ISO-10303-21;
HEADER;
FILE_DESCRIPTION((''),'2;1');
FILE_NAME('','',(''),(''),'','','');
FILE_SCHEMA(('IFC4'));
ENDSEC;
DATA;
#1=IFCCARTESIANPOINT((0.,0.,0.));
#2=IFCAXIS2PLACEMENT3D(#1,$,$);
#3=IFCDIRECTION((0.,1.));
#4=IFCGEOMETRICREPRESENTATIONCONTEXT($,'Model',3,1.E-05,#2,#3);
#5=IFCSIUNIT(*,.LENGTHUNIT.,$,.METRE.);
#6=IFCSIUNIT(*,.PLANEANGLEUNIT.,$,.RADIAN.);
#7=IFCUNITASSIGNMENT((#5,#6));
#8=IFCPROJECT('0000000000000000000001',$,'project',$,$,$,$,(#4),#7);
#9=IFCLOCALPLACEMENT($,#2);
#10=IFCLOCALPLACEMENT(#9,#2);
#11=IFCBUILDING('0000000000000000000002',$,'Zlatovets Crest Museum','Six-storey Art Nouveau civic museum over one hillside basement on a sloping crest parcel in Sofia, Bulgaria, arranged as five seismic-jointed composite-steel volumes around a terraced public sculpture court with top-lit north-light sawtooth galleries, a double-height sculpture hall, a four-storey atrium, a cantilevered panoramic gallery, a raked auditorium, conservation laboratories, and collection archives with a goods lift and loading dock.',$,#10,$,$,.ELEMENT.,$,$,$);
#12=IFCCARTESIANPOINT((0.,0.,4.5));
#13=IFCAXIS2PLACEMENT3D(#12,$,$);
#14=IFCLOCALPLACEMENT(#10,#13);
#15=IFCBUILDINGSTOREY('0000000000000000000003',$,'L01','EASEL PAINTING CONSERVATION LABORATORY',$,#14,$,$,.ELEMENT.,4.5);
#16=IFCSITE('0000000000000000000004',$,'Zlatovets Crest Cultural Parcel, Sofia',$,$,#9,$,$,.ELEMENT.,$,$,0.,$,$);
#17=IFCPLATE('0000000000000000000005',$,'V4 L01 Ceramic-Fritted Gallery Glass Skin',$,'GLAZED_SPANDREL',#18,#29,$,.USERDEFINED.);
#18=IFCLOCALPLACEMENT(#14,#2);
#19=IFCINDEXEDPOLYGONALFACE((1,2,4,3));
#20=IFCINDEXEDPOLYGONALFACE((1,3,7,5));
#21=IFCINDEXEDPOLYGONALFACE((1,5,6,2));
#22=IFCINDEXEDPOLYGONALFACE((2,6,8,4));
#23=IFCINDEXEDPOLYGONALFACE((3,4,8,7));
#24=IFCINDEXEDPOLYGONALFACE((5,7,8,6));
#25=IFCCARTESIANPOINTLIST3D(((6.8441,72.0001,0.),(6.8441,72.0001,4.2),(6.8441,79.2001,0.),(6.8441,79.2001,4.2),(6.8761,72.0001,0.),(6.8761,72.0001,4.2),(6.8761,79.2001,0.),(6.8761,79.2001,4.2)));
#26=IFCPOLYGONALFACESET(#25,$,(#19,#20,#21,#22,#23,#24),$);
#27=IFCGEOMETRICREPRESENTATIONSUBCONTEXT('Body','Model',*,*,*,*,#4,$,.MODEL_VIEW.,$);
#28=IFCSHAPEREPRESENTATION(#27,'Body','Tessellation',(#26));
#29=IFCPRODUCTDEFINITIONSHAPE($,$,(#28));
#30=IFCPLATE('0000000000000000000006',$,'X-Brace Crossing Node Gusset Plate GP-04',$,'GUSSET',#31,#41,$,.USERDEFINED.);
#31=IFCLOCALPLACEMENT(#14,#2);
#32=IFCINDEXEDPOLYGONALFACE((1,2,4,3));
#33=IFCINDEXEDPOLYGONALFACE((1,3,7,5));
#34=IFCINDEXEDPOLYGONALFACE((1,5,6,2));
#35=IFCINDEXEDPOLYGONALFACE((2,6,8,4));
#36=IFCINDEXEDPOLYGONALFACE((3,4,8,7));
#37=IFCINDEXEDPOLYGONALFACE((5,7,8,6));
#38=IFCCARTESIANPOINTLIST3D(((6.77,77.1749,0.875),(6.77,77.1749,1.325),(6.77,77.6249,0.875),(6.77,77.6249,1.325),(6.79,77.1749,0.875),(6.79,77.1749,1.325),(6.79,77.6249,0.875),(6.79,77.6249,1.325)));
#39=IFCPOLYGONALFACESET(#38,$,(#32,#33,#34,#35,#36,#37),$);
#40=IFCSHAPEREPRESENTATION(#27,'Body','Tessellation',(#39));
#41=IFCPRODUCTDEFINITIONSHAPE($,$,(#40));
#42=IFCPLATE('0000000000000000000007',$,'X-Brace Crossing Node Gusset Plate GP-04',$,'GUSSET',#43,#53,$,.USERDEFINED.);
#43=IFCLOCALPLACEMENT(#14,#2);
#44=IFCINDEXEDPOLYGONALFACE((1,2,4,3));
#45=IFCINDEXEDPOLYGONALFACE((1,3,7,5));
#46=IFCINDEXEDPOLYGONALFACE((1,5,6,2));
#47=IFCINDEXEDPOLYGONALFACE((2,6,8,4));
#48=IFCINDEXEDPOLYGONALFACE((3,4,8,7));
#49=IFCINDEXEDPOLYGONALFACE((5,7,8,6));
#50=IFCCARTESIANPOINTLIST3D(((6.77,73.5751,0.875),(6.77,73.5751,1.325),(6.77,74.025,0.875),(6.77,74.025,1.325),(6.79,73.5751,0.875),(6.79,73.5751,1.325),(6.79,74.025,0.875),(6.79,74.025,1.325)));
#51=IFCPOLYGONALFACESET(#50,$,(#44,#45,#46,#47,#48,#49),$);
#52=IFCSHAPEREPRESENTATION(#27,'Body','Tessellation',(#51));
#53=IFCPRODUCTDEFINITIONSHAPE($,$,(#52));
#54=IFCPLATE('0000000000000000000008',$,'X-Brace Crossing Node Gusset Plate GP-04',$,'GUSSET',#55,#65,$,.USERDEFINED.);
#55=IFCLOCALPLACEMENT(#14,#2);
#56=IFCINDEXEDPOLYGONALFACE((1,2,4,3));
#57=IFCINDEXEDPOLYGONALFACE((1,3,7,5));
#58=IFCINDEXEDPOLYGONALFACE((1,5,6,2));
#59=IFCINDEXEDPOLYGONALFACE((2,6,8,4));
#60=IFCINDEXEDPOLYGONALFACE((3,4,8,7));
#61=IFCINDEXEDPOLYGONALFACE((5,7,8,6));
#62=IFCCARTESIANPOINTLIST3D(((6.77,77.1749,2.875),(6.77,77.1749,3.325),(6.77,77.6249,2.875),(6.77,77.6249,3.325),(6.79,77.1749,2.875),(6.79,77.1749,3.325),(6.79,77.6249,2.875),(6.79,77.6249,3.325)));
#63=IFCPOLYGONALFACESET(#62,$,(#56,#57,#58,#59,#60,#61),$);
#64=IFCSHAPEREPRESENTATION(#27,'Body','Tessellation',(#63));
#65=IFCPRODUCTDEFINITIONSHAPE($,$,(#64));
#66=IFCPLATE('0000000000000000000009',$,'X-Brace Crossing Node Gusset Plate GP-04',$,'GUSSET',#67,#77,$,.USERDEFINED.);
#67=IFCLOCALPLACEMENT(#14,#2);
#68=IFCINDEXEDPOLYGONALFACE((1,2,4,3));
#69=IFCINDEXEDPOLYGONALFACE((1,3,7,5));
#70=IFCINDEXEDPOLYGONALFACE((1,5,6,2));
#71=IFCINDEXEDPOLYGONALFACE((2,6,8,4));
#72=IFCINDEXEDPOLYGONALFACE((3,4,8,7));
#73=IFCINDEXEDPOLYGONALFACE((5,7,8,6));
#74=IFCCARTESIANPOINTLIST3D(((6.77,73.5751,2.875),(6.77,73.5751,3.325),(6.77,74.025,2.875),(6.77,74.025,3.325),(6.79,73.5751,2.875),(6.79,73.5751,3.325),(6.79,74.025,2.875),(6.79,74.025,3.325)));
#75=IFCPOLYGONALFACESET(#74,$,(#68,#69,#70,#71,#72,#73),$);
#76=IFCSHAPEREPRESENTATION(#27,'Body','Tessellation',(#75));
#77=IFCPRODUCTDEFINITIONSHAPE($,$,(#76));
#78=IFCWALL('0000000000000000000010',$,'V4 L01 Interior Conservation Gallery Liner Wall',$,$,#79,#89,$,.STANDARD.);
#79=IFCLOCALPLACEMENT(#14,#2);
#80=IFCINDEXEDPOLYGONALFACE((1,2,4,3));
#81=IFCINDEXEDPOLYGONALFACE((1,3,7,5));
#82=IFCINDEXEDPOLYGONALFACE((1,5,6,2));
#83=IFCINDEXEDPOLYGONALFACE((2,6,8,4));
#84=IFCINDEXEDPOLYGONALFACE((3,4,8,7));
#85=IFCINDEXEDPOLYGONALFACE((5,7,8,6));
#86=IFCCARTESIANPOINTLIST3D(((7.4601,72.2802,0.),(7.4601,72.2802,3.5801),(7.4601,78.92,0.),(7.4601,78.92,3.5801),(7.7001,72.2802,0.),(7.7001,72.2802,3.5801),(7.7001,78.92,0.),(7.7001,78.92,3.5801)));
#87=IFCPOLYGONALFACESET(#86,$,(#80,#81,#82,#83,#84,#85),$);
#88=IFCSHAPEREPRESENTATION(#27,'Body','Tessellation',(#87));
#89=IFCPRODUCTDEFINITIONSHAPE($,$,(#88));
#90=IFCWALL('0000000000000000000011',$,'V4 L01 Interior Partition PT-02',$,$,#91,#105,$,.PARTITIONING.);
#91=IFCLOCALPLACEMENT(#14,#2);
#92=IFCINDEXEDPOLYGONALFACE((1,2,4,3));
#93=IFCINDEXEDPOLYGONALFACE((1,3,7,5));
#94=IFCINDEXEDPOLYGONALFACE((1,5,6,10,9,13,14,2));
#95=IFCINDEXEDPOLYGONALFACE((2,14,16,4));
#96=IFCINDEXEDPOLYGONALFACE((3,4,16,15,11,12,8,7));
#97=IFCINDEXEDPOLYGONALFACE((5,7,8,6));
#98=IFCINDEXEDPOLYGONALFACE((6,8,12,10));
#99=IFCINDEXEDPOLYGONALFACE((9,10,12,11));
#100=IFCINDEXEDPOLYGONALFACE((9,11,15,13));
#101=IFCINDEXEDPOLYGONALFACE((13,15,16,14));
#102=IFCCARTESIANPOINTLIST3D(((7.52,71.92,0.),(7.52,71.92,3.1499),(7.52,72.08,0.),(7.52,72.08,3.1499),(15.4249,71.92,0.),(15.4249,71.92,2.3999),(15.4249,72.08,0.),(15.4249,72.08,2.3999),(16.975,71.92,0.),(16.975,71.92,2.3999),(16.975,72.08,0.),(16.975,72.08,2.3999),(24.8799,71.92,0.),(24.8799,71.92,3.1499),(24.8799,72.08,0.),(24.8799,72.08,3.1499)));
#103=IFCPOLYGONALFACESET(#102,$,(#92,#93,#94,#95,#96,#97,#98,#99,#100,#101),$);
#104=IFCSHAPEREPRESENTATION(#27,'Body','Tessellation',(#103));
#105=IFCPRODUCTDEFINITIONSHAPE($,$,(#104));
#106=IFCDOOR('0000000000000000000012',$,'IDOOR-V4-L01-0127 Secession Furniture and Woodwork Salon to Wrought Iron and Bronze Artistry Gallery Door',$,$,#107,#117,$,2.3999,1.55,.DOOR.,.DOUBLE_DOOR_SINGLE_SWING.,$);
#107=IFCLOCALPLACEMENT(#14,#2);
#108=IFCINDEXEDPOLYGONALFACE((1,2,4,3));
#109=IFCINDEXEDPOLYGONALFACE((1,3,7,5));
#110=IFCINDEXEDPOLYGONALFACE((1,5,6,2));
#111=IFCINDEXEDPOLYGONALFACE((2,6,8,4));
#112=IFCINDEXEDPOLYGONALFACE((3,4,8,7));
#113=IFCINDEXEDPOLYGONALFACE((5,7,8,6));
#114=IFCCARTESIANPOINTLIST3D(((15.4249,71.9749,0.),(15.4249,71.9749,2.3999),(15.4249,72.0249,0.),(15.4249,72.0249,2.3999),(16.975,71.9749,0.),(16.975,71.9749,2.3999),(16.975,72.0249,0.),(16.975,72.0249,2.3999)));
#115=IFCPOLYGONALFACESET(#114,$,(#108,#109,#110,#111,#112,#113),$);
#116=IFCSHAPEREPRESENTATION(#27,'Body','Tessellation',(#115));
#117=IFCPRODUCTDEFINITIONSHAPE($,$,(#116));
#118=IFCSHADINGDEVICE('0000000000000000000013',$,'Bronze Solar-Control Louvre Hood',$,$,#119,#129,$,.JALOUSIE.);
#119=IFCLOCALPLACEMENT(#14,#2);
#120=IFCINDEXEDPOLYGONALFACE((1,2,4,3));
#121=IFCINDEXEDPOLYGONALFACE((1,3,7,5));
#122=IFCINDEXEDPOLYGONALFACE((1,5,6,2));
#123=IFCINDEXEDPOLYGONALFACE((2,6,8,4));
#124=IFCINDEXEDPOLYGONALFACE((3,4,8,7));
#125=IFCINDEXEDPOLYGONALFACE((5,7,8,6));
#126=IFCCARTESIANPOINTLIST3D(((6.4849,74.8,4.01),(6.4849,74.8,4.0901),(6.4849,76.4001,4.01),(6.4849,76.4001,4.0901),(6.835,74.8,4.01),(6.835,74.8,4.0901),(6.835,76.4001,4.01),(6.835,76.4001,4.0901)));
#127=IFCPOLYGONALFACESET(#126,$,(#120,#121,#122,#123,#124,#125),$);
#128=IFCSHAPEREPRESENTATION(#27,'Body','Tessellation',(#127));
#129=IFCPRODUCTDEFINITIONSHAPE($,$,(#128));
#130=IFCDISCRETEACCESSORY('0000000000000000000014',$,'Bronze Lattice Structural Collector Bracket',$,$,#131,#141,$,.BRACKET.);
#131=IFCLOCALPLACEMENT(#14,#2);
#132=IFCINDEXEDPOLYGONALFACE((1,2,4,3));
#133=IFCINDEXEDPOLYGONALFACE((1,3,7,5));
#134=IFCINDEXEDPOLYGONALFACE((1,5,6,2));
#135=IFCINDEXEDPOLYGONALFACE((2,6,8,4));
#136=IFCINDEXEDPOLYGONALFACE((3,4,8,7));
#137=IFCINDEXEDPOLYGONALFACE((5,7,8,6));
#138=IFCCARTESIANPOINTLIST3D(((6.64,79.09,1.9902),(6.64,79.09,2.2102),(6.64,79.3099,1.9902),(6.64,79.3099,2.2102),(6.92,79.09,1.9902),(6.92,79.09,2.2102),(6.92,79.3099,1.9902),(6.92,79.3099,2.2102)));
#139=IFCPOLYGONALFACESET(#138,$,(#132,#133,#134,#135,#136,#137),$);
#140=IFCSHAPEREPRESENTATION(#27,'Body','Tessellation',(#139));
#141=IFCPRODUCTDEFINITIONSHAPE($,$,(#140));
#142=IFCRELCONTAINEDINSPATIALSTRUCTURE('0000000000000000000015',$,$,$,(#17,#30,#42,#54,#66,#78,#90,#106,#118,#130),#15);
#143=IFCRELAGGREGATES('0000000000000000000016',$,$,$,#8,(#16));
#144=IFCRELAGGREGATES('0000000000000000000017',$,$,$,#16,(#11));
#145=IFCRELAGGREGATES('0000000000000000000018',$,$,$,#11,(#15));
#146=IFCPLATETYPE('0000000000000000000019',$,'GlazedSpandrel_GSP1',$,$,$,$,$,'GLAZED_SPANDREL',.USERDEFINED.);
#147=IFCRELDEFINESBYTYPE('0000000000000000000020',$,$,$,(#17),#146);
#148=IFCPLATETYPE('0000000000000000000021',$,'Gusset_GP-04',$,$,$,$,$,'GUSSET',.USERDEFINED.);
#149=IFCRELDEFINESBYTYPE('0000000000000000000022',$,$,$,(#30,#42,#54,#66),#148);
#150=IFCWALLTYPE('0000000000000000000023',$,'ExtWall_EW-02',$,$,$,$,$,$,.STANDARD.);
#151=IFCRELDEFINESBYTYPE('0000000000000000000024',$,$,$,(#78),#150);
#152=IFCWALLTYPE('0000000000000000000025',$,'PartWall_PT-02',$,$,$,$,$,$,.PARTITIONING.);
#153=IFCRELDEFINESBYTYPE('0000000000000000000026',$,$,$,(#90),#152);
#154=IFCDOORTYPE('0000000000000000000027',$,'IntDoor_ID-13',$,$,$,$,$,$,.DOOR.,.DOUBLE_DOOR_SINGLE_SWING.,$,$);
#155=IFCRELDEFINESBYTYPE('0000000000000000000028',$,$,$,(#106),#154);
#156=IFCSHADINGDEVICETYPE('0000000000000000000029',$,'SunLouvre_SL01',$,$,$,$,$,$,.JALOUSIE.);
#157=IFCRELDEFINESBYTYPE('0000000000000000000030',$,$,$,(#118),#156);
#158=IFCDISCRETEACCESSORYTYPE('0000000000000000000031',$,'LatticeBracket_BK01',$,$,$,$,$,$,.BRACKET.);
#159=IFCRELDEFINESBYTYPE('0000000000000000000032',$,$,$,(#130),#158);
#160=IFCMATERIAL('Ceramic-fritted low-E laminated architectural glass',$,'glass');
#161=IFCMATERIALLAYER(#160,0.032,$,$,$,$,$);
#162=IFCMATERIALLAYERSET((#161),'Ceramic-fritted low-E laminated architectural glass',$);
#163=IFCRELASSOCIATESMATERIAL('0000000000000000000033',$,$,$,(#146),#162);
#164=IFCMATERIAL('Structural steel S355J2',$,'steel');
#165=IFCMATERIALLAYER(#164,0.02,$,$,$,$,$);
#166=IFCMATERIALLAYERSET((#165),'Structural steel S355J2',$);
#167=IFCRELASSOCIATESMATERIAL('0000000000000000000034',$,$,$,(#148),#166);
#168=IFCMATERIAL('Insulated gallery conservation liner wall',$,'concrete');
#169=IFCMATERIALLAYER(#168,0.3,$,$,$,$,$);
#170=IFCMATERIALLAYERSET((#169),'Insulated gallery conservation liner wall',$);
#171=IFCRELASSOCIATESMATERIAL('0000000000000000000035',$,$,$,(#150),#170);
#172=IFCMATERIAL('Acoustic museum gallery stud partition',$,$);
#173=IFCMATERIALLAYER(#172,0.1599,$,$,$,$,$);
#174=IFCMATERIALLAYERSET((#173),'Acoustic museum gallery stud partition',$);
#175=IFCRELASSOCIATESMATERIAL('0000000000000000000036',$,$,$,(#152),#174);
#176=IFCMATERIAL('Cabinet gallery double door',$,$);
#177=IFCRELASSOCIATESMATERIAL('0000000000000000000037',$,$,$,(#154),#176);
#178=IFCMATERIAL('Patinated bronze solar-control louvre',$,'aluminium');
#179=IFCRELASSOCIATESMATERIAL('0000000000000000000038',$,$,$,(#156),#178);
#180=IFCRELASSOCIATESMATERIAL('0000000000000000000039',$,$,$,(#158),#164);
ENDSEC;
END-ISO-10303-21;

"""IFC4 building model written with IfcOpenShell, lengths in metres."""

from ifc_helpers import new_model, si_unit, direction, frame, frame_2d, origin, origin_2d, place, context, subcontext, project, spatial, rectangle, extrude, material, layer, layer_set, type_object, element, fill, save


model = new_model("IFC4")

# Units and contexts
model_context = context("Model", 3, precision=1e-05, world=origin(), true_north=direction((0.0, 1.0)))
body_context = subcontext(model_context, "Body", "Model", "MODEL_VIEW")
ifc_project = project(units=[si_unit("LENGTHUNIT", "METRE"), si_unit("PLANEANGLEUNIT", "RADIAN")], contexts=[model_context])

# Site, building, storey
site_placement = place(None, origin())
site = spatial("IfcSite", under=ifc_project, at=site_placement, Name="Zlatovets Crest Cultural Parcel, Sofia", CompositionType="ELEMENT", RefElevation=0.0)
building_placement = place(site_placement, origin())
building = spatial("IfcBuilding", under=site, at=building_placement, Name="Zlatovets Crest Museum", Description="Six-storey Art Nouveau civic museum over one hillside basement on a sloping crest parcel in Sofia, Bulgaria, arranged as five seismic-jointed composite-steel volumes around a terraced public sculpture court with top-lit north-light sawtooth galleries, a double-height sculpture hall, a four-storey atrium, a cantilevered panoramic gallery, a raked auditorium, conservation laboratories, and collection archives with a goods lift and loading dock.", CompositionType="ELEMENT")
storey_placement = place(building_placement, frame((0.0, 0.0, 4.5)))
storey = spatial("IfcBuildingStorey", under=building, at=storey_placement, Name="L01", Description="EASEL PAINTING CONSERVATION LABORATORY", CompositionType="ELEMENT", Elevation=4.5)

# Shared definitions
ifc_material_1 = material(Name="Structural steel S355J2", Category="steel")

# Plates
ifc_material_2 = material(Name="Ceramic-fritted low-E laminated architectural glass", Category="glass")
ifc_layer_1 = layer(ifc_material_2, 0.032)
ifc_layer_set_1 = layer_set([ifc_layer_1], Name="Ceramic-fritted low-E laminated architectural glass")
plate_type_1 = type_object("IfcPlateType", Name="GlazedSpandrel_GSP1", ElementType="GLAZED_SPANDREL", PredefinedType="USERDEFINED", material=ifc_layer_set_1)
plate_placement = place(storey_placement, frame((6.8601, 75.6001, 0.0), z_axis=(0.0, 0.0, 1.0), x_axis=(0.0, 1.0, 0.0)))
element("IfcPlate", 1, at=plate_placement, inside=storey, type_object=plate_type_1, Name="V4 L01 Ceramic-Fritted Gallery Glass Skin", ObjectType="GLAZED_SPANDREL", PredefinedType="USERDEFINED", context=body_context, shape_type="SweptSolid", body=[
    extrude(rectangle(XDim=7.2, YDim=0.032, at=origin_2d()), origin(), (0.0, 0.0, 1.0), 4.2),
])
ifc_layer_2 = layer(ifc_material_1, 0.02)
ifc_layer_set_2 = layer_set([ifc_layer_2], Name="Structural steel S355J2")
plate_type_2 = type_object("IfcPlateType", Name="Gusset_GP-04", ElementType="GUSSET", PredefinedType="USERDEFINED", material=ifc_layer_set_2)
for number, where, z_axis, x_axis, name in (
    (2, (6.78, 77.3999, 0.875), (0.0, 0.0, 1.0), (1.0, 0.0, 0.0), "X-Brace Crossing Node Gusset Plate GP-04"),
    (3, (6.78, 73.8, 0.875), (0.0, 0.0, 1.0), (1.0, 0.0, 0.0), "X-Brace Crossing Node Gusset Plate GP-04"),
    (4, (6.78, 77.3999, 2.875), (0.0, 0.0, 1.0), (1.0, 0.0, 0.0), "X-Brace Crossing Node Gusset Plate GP-04"),
    (5, (6.78, 73.8, 2.875), (0.0, 0.0, 1.0), (1.0, 0.0, 0.0), "X-Brace Crossing Node Gusset Plate GP-04"),
):
    element("IfcPlate", number, at=place(storey_placement, frame(where, z_axis=z_axis, x_axis=x_axis)), inside=storey, type_object=plate_type_2, Name=name, ObjectType="GUSSET", PredefinedType="USERDEFINED", context=body_context, shape_type="SweptSolid", body=[
        extrude(rectangle(XDim=0.02, YDim=0.45, at=origin_2d()), origin(), (0.0, 0.0, 1.0), 0.45),
    ])

# Wall
ifc_material_3 = material(Name="Insulated gallery conservation liner wall", Category="concrete")
ifc_layer_3 = layer(ifc_material_3, 0.3)
ifc_layer_set_3 = layer_set([ifc_layer_3], Name="Insulated gallery conservation liner wall")
wall_type_1 = type_object("IfcWallType", Name="ExtWall_EW-02", PredefinedType="STANDARD", material=ifc_layer_set_3)
wall_1_placement = place(storey_placement, frame((7.5801, 78.9199, 0.0), z_axis=(0.0, 0.0, 1.0), x_axis=(0.0, -1.0, 0.0)))
element("IfcWall", 6, at=wall_1_placement, inside=storey, type_object=wall_type_1, Name="V4 L01 Interior Conservation Gallery Liner Wall", PredefinedType="STANDARD", context=body_context, shape_type="SweptSolid", body=[
    extrude(rectangle(XDim=6.6399, YDim=0.24, at=frame_2d((3.3198, 0.0))), origin(), (0.0, 0.0, 1.0), 3.5801),
])

# Wall, opening, door
ifc_material_4 = material(Name="Acoustic museum gallery stud partition")
ifc_layer_4 = layer(ifc_material_4, 0.1599)
ifc_layer_set_4 = layer_set([ifc_layer_4], Name="Acoustic museum gallery stud partition")
wall_type_2 = type_object("IfcWallType", Name="PartWall_PT-02", PredefinedType="PARTITIONING", material=ifc_layer_set_4)
wall_2_placement = place(storey_placement, frame((7.52, 72.0, 0.0), z_axis=(0.0, 0.0, 1.0), x_axis=(1.0, 0.0, 0.0)))
wall_2 = element("IfcWall", 7, at=wall_2_placement, inside=storey, type_object=wall_type_2, Name="V4 L01 Interior Partition PT-02", PredefinedType="PARTITIONING", context=body_context, shape_type="SweptSolid", body=[
    extrude(rectangle(XDim=17.3599, YDim=0.1599, at=frame_2d((8.6799, 0.0))), origin(), (0.0, 0.0, 1.0), 3.1499),
])
opening_placement = place(wall_2_placement, frame((7.905, 0.0, 0.0)))
opening = element("IfcOpeningElement", 8, at=opening_placement, cuts=wall_2, PredefinedType="OPENING", context=body_context, shape_type="SweptSolid", body=[
    extrude(rectangle(XDim=1.55, YDim=2.3999, at=frame_2d((0.7749, 1.2))), frame((0.0, 0.0898, 0.0), z_axis=(0.0, -1.0, 0.0), x_axis=(1.0, 0.0, 0.0)), (0.0, 0.0, 1.0), 0.1799),
])
ifc_material_5 = material(Name="Cabinet gallery double door")
door_type = type_object("IfcDoorType", Name="IntDoor_ID-13", OperationType="DOUBLE_DOOR_SINGLE_SWING", PredefinedType="DOOR", material=ifc_material_5)
door_placement = place(opening_placement, origin())
door = element("IfcDoor", 9, at=door_placement, inside=storey, type_object=door_type, Name="IDOOR-V4-L01-0127 Secession Furniture and Woodwork Salon to Wrought Iron and Bronze Artistry Gallery Door", OperationType="DOUBLE_DOOR_SINGLE_SWING", OverallHeight=2.3999, OverallWidth=1.55, PredefinedType="DOOR", context=body_context, shape_type="SweptSolid", body=[
    extrude(rectangle(XDim=1.55, YDim=2.3999, at=frame_2d((0.7749, 1.2))), frame((0.0, 0.0249, 0.0), z_axis=(0.0, -1.0, 0.0), x_axis=(1.0, 0.0, 0.0)), (0.0, 0.0, 1.0), 0.05),
])
fill(opening, door)

# Shading device
ifc_material_6 = material(Name="Patinated bronze solar-control louvre", Category="aluminium")
shading_device_type = type_object("IfcShadingDeviceType", Name="SunLouvre_SL01", PredefinedType="JALOUSIE", material=ifc_material_6)
shading_device_placement = place(storey_placement, frame((6.6599, 75.6001, 4.01), z_axis=(0.0, 0.0, 1.0), x_axis=(0.0, 1.0, 0.0)))
element("IfcShadingDevice", 10, at=shading_device_placement, inside=storey, type_object=shading_device_type, Name="Bronze Solar-Control Louvre Hood", PredefinedType="JALOUSIE", context=body_context, shape_type="SweptSolid", body=[
    extrude(rectangle(XDim=1.6001, YDim=0.3501, at=origin_2d()), origin(), (0.0, 0.0, 1.0), 0.0801),
])

# Discrete accessory
discrete_accessory_type = type_object("IfcDiscreteAccessoryType", Name="LatticeBracket_BK01", PredefinedType="BRACKET", material=ifc_material_1)
discrete_accessory_placement = place(storey_placement, frame((6.78, 79.2, 1.9902), z_axis=(0.0, 0.0, 1.0), x_axis=(1.0, 0.0, 0.0)))
element("IfcDiscreteAccessory", 11, at=discrete_accessory_placement, inside=storey, type_object=discrete_accessory_type, Name="Bronze Lattice Structural Collector Bracket", PredefinedType="BRACKET", context=body_context, shape_type="SweptSolid", body=[
    extrude(rectangle(XDim=0.28, YDim=0.22, at=origin_2d()), origin(), (0.0, 0.0, 1.0), 0.22),
])

save(model, "model.ifc")
